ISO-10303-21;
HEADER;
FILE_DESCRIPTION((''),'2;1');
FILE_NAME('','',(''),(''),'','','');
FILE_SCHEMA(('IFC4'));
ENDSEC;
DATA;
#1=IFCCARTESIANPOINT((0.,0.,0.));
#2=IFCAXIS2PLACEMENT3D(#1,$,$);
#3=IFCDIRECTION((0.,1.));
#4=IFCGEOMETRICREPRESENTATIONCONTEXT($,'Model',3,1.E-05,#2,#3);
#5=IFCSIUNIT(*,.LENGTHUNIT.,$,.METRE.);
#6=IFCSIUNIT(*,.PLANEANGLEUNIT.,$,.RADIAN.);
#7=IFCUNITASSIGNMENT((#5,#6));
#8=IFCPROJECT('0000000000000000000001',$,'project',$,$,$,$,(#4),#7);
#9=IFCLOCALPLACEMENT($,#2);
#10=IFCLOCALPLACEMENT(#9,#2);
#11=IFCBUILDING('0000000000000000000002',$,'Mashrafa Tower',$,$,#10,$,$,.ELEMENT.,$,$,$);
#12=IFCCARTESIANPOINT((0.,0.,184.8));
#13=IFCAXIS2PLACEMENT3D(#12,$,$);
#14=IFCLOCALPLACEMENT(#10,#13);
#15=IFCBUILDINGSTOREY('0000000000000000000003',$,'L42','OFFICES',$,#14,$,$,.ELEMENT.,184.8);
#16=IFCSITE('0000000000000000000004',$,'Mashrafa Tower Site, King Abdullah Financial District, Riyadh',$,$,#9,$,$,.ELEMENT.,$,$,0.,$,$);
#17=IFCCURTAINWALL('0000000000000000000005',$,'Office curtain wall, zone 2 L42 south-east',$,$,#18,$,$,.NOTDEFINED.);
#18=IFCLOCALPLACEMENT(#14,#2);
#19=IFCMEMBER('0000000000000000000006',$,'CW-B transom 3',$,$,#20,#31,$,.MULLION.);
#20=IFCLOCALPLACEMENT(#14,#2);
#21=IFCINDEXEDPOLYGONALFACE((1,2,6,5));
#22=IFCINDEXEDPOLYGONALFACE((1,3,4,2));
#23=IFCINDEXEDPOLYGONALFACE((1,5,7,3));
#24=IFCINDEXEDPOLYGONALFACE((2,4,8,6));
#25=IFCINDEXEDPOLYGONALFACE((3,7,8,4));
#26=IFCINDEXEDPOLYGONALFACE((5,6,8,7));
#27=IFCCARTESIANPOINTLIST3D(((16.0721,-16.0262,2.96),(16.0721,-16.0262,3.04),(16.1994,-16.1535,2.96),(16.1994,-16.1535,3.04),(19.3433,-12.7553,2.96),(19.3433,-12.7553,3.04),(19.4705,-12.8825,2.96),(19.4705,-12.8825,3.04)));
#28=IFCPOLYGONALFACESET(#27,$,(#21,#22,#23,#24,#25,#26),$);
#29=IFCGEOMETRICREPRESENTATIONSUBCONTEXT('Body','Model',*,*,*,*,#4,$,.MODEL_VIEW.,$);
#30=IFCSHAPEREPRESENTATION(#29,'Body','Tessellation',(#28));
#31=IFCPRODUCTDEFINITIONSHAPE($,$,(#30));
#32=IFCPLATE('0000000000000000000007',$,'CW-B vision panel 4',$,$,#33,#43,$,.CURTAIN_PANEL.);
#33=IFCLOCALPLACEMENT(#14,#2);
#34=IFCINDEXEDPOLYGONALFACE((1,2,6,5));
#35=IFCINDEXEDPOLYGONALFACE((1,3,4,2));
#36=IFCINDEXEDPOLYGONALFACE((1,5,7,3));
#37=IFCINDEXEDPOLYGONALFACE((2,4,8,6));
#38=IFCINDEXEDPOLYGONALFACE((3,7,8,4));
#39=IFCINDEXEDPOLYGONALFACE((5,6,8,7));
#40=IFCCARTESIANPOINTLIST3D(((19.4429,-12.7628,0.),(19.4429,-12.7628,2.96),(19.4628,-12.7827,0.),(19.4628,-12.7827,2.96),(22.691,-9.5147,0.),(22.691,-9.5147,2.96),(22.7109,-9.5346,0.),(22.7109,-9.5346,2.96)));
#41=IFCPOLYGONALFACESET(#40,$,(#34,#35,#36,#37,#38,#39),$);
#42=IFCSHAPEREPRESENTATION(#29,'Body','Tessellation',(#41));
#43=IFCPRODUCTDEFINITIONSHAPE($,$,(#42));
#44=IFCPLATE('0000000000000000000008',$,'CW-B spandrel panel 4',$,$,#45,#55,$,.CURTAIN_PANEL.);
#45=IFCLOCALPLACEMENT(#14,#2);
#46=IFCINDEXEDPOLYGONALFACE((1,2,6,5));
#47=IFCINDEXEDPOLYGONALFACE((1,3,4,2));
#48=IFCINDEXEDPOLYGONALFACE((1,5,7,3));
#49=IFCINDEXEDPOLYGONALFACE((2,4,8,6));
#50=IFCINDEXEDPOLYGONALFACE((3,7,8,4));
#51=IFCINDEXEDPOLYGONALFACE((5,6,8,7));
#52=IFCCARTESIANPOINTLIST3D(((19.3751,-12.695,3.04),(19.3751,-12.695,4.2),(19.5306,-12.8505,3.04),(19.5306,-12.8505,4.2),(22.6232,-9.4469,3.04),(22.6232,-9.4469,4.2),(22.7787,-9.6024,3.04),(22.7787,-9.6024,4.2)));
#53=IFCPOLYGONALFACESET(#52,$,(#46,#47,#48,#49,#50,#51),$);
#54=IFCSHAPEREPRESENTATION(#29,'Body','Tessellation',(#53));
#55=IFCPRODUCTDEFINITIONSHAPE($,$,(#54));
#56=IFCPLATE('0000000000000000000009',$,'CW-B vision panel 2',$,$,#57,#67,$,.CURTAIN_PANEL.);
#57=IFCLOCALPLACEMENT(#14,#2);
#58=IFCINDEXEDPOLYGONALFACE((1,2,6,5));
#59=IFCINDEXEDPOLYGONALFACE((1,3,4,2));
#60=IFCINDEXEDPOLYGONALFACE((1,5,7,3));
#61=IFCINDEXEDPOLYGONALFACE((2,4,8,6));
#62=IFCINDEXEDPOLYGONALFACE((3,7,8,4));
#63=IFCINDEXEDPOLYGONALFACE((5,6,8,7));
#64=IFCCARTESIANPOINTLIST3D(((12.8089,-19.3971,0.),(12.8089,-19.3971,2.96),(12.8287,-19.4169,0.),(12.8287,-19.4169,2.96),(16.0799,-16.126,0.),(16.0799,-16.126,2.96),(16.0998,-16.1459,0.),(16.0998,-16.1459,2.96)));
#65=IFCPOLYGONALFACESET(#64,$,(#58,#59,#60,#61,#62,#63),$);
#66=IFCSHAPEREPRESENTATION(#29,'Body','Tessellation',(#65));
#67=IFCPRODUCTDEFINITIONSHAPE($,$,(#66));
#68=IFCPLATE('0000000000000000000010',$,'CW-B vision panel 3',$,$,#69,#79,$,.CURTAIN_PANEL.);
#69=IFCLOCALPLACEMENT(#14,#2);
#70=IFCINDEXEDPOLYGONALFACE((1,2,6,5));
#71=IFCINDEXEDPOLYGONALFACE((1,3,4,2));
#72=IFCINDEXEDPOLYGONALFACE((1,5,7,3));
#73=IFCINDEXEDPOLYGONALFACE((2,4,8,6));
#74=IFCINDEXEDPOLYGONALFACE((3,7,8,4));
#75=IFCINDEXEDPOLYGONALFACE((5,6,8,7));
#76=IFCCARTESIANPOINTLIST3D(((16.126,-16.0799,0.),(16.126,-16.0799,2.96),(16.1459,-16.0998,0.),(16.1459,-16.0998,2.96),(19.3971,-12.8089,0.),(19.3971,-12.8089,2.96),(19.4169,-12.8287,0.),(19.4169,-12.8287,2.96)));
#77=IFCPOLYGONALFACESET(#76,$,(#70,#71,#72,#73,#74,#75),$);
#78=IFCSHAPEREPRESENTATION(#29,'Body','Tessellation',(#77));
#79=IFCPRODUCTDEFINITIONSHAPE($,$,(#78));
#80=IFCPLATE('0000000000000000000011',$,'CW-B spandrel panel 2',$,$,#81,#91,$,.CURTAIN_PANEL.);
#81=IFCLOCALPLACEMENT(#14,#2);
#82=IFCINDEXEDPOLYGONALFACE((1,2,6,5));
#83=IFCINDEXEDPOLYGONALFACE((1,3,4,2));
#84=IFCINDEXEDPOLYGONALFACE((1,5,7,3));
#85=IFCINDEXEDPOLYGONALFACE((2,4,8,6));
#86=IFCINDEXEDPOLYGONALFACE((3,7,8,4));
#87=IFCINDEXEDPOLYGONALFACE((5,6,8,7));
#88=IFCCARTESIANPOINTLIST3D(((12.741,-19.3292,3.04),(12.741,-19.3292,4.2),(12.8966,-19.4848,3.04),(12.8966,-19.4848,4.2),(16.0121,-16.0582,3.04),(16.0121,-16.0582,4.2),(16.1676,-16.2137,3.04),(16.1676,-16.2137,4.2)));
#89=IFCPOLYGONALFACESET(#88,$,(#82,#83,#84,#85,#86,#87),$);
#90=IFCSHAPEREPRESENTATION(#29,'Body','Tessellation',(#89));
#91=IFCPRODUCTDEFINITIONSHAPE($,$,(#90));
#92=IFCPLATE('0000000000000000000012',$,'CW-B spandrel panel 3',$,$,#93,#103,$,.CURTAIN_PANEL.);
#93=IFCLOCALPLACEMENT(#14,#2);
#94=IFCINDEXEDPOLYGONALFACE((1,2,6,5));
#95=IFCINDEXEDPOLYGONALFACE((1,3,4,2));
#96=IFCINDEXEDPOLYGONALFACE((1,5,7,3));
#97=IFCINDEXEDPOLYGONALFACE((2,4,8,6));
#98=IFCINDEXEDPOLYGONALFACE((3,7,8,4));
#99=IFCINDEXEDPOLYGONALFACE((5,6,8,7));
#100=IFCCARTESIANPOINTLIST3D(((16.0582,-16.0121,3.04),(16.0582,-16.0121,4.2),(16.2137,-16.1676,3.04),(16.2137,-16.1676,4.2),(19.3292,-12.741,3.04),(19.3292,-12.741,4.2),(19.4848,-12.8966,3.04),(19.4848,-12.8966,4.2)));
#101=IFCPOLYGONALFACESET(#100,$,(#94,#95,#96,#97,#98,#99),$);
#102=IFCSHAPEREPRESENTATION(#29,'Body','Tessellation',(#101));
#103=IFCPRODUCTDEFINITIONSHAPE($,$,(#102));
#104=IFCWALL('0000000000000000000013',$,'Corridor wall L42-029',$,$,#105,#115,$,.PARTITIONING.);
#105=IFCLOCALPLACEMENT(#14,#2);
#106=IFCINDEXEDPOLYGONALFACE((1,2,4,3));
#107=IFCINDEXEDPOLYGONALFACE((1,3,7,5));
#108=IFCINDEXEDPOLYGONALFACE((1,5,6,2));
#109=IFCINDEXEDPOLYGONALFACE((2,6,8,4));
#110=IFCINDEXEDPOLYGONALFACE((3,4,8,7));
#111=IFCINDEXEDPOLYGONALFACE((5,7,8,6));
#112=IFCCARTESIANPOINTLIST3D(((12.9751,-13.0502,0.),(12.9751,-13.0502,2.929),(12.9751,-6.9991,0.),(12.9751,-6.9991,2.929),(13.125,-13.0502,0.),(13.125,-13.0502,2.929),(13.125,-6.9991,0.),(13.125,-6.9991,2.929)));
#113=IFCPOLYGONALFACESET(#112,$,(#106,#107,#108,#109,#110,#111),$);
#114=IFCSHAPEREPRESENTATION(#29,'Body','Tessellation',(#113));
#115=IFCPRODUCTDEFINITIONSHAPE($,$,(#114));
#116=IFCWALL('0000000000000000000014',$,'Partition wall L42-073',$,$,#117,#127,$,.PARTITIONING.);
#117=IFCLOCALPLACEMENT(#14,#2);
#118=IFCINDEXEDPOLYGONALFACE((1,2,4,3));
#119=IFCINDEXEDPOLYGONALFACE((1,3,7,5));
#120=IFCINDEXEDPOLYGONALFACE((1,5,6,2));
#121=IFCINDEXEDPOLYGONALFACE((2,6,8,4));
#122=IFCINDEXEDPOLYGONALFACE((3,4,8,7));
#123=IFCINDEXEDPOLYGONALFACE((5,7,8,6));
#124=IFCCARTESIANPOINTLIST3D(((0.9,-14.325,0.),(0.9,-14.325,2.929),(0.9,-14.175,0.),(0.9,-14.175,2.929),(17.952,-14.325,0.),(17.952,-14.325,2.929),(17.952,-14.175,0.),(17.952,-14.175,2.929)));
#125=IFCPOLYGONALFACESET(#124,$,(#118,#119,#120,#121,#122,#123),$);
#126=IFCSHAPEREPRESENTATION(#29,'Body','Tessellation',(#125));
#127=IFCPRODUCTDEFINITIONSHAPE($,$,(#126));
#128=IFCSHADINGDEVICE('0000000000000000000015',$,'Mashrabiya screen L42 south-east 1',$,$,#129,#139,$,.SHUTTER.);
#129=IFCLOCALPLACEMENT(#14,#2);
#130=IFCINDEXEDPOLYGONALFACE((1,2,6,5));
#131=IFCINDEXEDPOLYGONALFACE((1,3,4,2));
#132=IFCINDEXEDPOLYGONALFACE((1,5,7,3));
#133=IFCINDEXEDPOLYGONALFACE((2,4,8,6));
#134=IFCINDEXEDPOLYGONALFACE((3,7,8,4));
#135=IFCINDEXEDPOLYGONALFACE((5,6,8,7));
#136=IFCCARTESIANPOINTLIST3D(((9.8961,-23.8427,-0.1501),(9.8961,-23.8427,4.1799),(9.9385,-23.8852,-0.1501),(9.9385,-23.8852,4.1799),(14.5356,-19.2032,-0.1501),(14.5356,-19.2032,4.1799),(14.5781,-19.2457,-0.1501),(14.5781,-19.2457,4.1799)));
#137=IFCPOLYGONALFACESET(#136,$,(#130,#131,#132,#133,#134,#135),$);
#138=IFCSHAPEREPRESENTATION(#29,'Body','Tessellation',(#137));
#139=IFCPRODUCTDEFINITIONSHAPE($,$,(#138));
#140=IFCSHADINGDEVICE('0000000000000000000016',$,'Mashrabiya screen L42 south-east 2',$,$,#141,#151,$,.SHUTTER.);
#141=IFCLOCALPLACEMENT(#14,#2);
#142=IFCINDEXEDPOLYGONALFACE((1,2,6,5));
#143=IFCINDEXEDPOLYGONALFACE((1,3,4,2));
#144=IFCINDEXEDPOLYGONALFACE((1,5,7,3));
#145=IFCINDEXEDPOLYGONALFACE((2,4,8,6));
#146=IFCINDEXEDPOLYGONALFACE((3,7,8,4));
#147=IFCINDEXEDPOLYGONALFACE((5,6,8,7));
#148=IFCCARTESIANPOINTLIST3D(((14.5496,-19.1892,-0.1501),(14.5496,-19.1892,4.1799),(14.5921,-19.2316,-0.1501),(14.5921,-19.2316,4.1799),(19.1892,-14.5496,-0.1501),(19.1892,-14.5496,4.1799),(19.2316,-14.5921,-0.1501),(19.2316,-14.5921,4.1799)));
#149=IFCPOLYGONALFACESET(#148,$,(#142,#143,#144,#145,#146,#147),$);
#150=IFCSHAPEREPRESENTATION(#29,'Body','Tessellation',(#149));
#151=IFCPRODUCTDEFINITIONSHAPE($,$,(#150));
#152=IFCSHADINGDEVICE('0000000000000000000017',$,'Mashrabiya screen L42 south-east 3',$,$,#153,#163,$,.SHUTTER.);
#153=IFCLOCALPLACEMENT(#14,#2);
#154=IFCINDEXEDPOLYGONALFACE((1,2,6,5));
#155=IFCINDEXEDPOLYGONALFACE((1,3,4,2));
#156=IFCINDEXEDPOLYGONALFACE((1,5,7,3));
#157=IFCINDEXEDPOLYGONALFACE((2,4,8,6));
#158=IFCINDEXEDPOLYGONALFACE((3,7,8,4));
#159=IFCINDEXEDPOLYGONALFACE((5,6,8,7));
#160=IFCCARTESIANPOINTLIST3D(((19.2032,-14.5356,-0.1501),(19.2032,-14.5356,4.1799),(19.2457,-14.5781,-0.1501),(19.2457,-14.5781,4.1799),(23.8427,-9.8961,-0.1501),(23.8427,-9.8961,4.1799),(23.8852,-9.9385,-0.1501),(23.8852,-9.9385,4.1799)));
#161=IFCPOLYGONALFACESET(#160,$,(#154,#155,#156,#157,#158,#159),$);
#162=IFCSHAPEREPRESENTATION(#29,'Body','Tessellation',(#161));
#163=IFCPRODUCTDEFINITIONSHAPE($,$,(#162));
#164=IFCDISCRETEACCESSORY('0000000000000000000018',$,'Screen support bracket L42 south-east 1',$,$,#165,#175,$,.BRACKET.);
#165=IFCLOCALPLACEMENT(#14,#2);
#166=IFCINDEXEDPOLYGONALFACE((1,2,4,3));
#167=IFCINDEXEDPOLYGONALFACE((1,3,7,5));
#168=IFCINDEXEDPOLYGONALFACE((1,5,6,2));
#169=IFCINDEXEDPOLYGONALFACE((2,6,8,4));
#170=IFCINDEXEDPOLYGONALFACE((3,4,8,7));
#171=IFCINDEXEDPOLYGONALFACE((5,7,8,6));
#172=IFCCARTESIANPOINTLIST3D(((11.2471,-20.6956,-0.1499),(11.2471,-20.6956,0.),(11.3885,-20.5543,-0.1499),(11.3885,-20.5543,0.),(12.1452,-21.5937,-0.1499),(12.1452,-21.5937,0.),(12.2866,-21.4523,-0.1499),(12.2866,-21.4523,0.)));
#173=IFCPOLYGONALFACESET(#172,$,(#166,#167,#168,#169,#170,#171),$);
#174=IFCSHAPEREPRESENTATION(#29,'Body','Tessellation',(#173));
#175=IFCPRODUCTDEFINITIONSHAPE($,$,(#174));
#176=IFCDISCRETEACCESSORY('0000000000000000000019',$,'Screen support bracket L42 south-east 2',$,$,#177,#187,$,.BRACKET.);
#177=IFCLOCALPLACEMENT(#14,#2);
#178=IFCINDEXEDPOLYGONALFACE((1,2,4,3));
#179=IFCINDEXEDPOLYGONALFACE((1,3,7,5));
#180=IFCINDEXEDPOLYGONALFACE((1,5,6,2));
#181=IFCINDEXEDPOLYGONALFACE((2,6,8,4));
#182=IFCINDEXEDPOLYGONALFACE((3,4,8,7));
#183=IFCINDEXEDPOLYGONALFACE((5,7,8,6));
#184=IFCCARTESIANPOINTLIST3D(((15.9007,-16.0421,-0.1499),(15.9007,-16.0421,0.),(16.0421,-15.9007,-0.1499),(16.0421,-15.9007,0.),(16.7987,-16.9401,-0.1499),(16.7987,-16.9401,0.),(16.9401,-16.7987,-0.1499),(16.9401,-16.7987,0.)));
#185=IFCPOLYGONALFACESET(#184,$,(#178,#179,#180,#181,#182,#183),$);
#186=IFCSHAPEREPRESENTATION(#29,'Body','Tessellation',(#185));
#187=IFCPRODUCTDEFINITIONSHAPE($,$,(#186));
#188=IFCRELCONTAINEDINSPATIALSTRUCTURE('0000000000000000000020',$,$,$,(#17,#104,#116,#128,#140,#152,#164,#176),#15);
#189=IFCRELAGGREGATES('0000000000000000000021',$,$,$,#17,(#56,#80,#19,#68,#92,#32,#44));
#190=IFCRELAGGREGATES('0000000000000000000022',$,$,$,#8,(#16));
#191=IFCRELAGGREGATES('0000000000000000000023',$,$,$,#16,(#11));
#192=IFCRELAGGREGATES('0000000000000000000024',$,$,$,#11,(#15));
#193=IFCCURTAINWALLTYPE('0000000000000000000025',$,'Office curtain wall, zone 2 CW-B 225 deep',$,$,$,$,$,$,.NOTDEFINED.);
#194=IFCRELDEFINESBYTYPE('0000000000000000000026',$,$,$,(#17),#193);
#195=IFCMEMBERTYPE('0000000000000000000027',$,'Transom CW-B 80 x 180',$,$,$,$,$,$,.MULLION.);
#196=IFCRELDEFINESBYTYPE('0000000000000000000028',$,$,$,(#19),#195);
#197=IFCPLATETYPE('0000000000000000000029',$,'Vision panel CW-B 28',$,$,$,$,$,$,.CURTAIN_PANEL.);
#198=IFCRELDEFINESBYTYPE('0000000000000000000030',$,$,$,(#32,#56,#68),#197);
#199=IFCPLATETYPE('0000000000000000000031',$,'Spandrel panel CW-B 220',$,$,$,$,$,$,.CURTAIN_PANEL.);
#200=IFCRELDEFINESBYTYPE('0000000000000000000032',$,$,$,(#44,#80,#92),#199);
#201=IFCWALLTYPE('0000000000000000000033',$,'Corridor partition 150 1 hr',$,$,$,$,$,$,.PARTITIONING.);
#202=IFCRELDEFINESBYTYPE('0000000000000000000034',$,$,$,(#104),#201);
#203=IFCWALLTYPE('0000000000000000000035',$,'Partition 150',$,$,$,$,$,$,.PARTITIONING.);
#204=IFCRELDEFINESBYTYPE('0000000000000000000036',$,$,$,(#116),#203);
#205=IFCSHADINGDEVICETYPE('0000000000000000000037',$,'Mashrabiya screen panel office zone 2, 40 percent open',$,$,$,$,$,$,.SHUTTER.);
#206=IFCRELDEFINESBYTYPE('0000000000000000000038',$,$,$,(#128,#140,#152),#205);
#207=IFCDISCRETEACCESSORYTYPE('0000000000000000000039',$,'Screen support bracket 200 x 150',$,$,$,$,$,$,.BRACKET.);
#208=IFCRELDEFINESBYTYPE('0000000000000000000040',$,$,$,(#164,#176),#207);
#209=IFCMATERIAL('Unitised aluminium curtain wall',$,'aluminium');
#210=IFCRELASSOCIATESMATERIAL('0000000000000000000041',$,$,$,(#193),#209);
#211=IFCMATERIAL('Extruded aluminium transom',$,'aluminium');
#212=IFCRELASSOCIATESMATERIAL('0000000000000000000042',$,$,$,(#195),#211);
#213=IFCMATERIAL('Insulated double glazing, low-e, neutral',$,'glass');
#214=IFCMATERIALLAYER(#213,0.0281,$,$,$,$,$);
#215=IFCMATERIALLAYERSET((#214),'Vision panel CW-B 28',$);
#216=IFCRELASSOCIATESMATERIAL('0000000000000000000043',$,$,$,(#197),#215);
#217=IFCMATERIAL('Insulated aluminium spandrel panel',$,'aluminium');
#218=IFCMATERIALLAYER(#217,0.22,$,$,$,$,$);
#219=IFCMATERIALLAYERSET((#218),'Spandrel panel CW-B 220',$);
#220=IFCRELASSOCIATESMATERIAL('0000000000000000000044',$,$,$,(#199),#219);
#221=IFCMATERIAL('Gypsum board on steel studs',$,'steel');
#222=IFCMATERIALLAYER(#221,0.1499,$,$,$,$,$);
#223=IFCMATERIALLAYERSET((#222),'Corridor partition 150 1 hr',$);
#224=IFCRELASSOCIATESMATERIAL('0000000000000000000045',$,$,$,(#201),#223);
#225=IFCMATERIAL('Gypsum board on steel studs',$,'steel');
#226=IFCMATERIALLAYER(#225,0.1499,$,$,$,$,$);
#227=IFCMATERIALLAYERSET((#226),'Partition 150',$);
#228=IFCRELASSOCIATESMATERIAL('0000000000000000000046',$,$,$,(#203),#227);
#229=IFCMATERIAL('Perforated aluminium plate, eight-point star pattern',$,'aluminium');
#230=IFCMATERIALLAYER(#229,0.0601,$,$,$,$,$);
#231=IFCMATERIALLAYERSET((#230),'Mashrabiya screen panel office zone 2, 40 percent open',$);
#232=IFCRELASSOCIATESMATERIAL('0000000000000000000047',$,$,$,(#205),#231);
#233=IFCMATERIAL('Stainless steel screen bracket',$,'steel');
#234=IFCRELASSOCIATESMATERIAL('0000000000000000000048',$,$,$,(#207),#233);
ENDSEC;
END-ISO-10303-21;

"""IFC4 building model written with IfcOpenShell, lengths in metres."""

from ifc_helpers import new_model, si_unit, direction, frame, frame_2d, origin, origin_2d, place, context, subcontext, project, spatial, rectangle, extrude, source, transform, mapped, material, layer, layer_set, material_profile, profile_set, type_object, type_shapes, element, aggregate, save


model = new_model("IFC4")

# Units and contexts
model_context = context("Model", 3, precision=1e-05, world=origin(), true_north=direction((0.0, 1.0)))
body_context = subcontext(model_context, "Body", "Model", "MODEL_VIEW")
ifc_project = project(units=[si_unit("LENGTHUNIT", "METRE"), si_unit("PLANEANGLEUNIT", "RADIAN")], contexts=[model_context])

# Site, building, storey
site_placement = place(None, origin())
site = spatial("IfcSite", under=ifc_project, at=site_placement, Name="Mashrafa Tower Site, King Abdullah Financial District, Riyadh", CompositionType="ELEMENT", RefElevation=0.0)
building_placement = place(site_placement, origin())
building = spatial("IfcBuilding", under=site, at=building_placement, Name="Mashrafa Tower", CompositionType="ELEMENT")
storey_placement = place(building_placement, frame((0.0, 0.0, 184.8)))
storey = spatial("IfcBuildingStorey", under=building, at=storey_placement, Name="L42", Description="OFFICES", CompositionType="ELEMENT", Elevation=184.8)

# Curtain wall, member, plates
ifc_material_1 = material(Name="Unitised aluminium curtain wall", Category="aluminium")
curtain_wall_type = type_object("IfcCurtainWallType", Name="Office curtain wall, zone 2 CW-B 225 deep", PredefinedType="NOTDEFINED", material=ifc_material_1)
curtain_wall_placement = place(storey_placement, origin())
curtain_wall = element("IfcCurtainWall", 1, at=curtain_wall_placement, inside=storey, type_object=curtain_wall_type, Name="Office curtain wall, zone 2 L42 south-east", PredefinedType="NOTDEFINED")
ifc_material_2 = material(Name="Extruded aluminium transom", Category="aluminium")
ifc_material_profile_1 = material_profile(ifc_material_2, rectangle(XDim=0.1799, YDim=0.0801, at=origin_2d()), Name="Transom 80x180")
ifc_profile_set_1 = profile_set([ifc_material_profile_1], Name="Extruded aluminium transom")
member_type_1 = type_object("IfcMemberType", Name="Transom CW-B 80 x 180", PredefinedType="MULLION", material=ifc_profile_set_1)
shared_shape_1 = source(origin(), body_context, "Body", "SweptSolid", [
    extrude(rectangle(XDim=0.1799, YDim=0.0801, at=origin_2d()), origin(), (0.0, 0.0, 1.0), 4.626),
])
member_1_placement = place(storey_placement, frame((16.1357, -16.0898, 3.0), z_axis=(0.707133, 0.70708, 0.0), x_axis=(-0.70708, 0.707133, 0.0)))
member_1 = element("IfcMember", 2, at=member_1_placement, type_object=member_type_1, Name="CW-B transom 3", PredefinedType="MULLION", context=body_context, shape_type="MappedRepresentation", body=[
    mapped(shared_shape_1, transform((0.0, 0.0, 0.0))),
])
ifc_material_3 = material(Name="Insulated double glazing, low-e, neutral", Category="glass")
ifc_layer_1 = layer(ifc_material_3, 0.0281)
ifc_layer_set_1 = layer_set([ifc_layer_1], Name="Vision panel CW-B 28")
plate_type_1 = type_object("IfcPlateType", Name="Vision panel CW-B 28", PredefinedType="CURTAIN_PANEL", material=ifc_layer_set_1)
shared_shape_2 = source(origin(), body_context, "Body", "SweptSolid", [
    extrude(rectangle(XDim=4.5935, YDim=0.0281, at=origin_2d()), origin(), (0.0, 0.0, 1.0), 2.96),
])
plate_1_placement = place(storey_placement, frame((21.0769, -11.1487, 0.0), z_axis=(0.0, 0.0, 1.0), x_axis=(0.707107, 0.707107, 0.0)))
plate_1 = element("IfcPlate", 3, at=plate_1_placement, type_object=plate_type_1, Name="CW-B vision panel 4", PredefinedType="CURTAIN_PANEL", context=body_context, shape_type="MappedRepresentation", body=[
    mapped(shared_shape_2, transform((0.0, 0.0, 0.0))),
])
ifc_material_4 = material(Name="Insulated aluminium spandrel panel", Category="aluminium")
ifc_layer_2 = layer(ifc_material_4, 0.22)
ifc_layer_set_2 = layer_set([ifc_layer_2], Name="Spandrel panel CW-B 220")
plate_type_2 = type_object("IfcPlateType", Name="Spandrel panel CW-B 220", PredefinedType="CURTAIN_PANEL", material=ifc_layer_set_2)
shared_shape_3 = source(origin(), body_context, "Body", "SweptSolid", [
    extrude(rectangle(XDim=4.5935, YDim=0.22, at=origin_2d()), origin(), (0.0, 0.0, 1.0), 1.1599),
])
plate_2_placement = place(storey_placement, frame((21.0769, -11.1487, 3.04), z_axis=(0.0, 0.0, 1.0), x_axis=(0.707107, 0.707107, 0.0)))
plate_2 = element("IfcPlate", 4, at=plate_2_placement, type_object=plate_type_2, Name="CW-B spandrel panel 4", PredefinedType="CURTAIN_PANEL", context=body_context, shape_type="MappedRepresentation", body=[
    mapped(shared_shape_3, transform((0.0, 0.0, 0.0))),
])
shared_shape_4 = source(origin(), body_context, "Body", "SweptSolid", [
    extrude(rectangle(XDim=4.626, YDim=0.0281, at=origin_2d()), origin(), (0.0, 0.0, 1.0), 2.96),
])
type_shapes(plate_type_1, [shared_shape_2, shared_shape_4])
plate_3_placement = place(storey_placement, frame((14.4543, -17.7715, 0.0), z_axis=(0.0, 0.0, 1.0), x_axis=(0.707107, 0.707107, 0.0)))
plate_3 = element("IfcPlate", 5, at=plate_3_placement, type_object=plate_type_1, Name="CW-B vision panel 2", PredefinedType="CURTAIN_PANEL", context=body_context, shape_type="MappedRepresentation", body=[
    mapped(shared_shape_4, transform((0.0, 0.0, 0.0))),
])
plate_4_placement = place(storey_placement, frame((17.7715, -14.4543, 0.0), z_axis=(0.0, 0.0, 1.0), x_axis=(0.707107, 0.707107, 0.0)))
plate_4 = element("IfcPlate", 6, at=plate_4_placement, type_object=plate_type_1, Name="CW-B vision panel 3", PredefinedType="CURTAIN_PANEL", context=body_context, shape_type="MappedRepresentation", body=[
    mapped(shared_shape_4, transform((0.0, 0.0, 0.0))),
])
shared_shape_5 = source(origin(), body_context, "Body", "SweptSolid", [
    extrude(rectangle(XDim=4.626, YDim=0.22, at=origin_2d()), origin(), (0.0, 0.0, 1.0), 1.1599),
])
type_shapes(plate_type_2, [shared_shape_3, shared_shape_5])
plate_5_placement = place(storey_placement, frame((14.4543, -17.7715, 3.04), z_axis=(0.0, 0.0, 1.0), x_axis=(0.707107, 0.707107, 0.0)))
plate_5 = element("IfcPlate", 7, at=plate_5_placement, type_object=plate_type_2, Name="CW-B spandrel panel 2", PredefinedType="CURTAIN_PANEL", context=body_context, shape_type="MappedRepresentation", body=[
    mapped(shared_shape_5, transform((0.0, 0.0, 0.0))),
])
plate_6_placement = place(storey_placement, frame((17.7715, -14.4543, 3.04), z_axis=(0.0, 0.0, 1.0), x_axis=(0.707107, 0.707107, 0.0)))
plate_6 = element("IfcPlate", 8, at=plate_6_placement, type_object=plate_type_2, Name="CW-B spandrel panel 3", PredefinedType="CURTAIN_PANEL", context=body_context, shape_type="MappedRepresentation", body=[
    mapped(shared_shape_5, transform((0.0, 0.0, 0.0))),
])
aggregate(curtain_wall, [plate_3, plate_5, member_1, plate_4, plate_6, plate_1, plate_2])

# Walls
ifc_material_5 = material(Name="Gypsum board on steel studs", Category="steel")
ifc_layer_3 = layer(ifc_material_5, 0.1499)
ifc_layer_set_3 = layer_set([ifc_layer_3], Name="Corridor partition 150 1 hr")
wall_type_1 = type_object("IfcWallType", Name="Corridor partition 150 1 hr", PredefinedType="PARTITIONING", material=ifc_layer_set_3)
wall_1_placement = place(storey_placement, frame((13.05, -13.05, 0.0), z_axis=(0.0, 0.0, 1.0), x_axis=(0.0, 1.0, 0.0)))
element("IfcWall", 9, at=wall_1_placement, inside=storey, type_object=wall_type_1, Name="Corridor wall L42-029", PredefinedType="PARTITIONING", context=body_context, shape_type="SweptSolid", body=[
    extrude(rectangle(XDim=6.051, YDim=0.1499, at=frame_2d((3.0254, 0.0))), origin(), (0.0, 0.0, 1.0), 2.929),
])
ifc_material_6 = material(Name="Gypsum board on steel studs", Category="steel")
ifc_layer_4 = layer(ifc_material_6, 0.1499)
ifc_layer_set_4 = layer_set([ifc_layer_4], Name="Partition 150")
wall_type_2 = type_object("IfcWallType", Name="Partition 150", PredefinedType="PARTITIONING", material=ifc_layer_set_4)
wall_2_placement = place(storey_placement, frame((17.9519, -14.25, 0.0), z_axis=(0.0, 0.0, 1.0), x_axis=(-1.0, 0.0, 0.0)))
element("IfcWall", 10, at=wall_2_placement, inside=storey, type_object=wall_type_2, Name="Partition wall L42-073", PredefinedType="PARTITIONING", context=body_context, shape_type="SweptSolid", body=[
    extrude(rectangle(XDim=17.052, YDim=0.1499, at=frame_2d((8.5259, 0.0))), origin(), (0.0, 0.0, 1.0), 2.929),
])

# Shading devices
ifc_material_7 = material(Name="Perforated aluminium plate, eight-point star pattern", Category="aluminium")
ifc_layer_5 = layer(ifc_material_7, 0.0601)
ifc_layer_set_5 = layer_set([ifc_layer_5], Name="Mashrabiya screen panel office zone 2, 40 percent open")
shading_device_type = type_object("IfcShadingDeviceType", Name="Mashrabiya screen panel office zone 2, 40 percent open", PredefinedType="SHUTTER", material=ifc_layer_set_5)
shared_shape_6 = source(origin(), body_context, "Body", "SweptSolid", [
    extrude(rectangle(XDim=6.5613, YDim=0.0601, at=origin_2d()), origin(), (0.0, 0.0, 1.0), 4.3301),
])
type_shapes(shading_device_type, [shared_shape_6])
for number, where, z_axis, x_axis, name in (
    (11, (12.2371, -21.5442, -0.1501), (0.0, 0.0, 1.0), (0.707107, 0.707107, 0.0), "Mashrabiya screen L42 south-east 1"),
    (12, (16.8906, -16.8906, -0.1501), (0.0, 0.0, 1.0), (0.707107, 0.707107, 0.0), "Mashrabiya screen L42 south-east 2"),
    (13, (21.5442, -12.2371, -0.1501), (0.0, 0.0, 1.0), (0.707107, 0.707107, 0.0), "Mashrabiya screen L42 south-east 3"),
):
    element("IfcShadingDevice", number, at=place(storey_placement, frame(where, z_axis=z_axis, x_axis=x_axis)), inside=storey, type_object=shading_device_type, Name=name, PredefinedType="SHUTTER", context=body_context, shape_type="MappedRepresentation", body=[
        mapped(shared_shape_6, transform((0.0, 0.0, 0.0))),
    ])

# Discrete accessories
ifc_material_8 = material(Name="Stainless steel screen bracket", Category="steel")
discrete_accessory_type = type_object("IfcDiscreteAccessoryType", Name="Screen support bracket 200 x 150", PredefinedType="BRACKET", material=ifc_material_8)
shared_shape_7 = source(origin(), body_context, "Body", "SweptSolid", [
    extrude(rectangle(XDim=0.2, YDim=1.27, at=origin_2d()), origin(), (0.0, 0.0, 1.0), 0.1499),
])
type_shapes(discrete_accessory_type, [shared_shape_7])
for number, where, z_axis, x_axis, name in (
    (14, (11.7668, -21.074, -0.1499), (0.0, 0.0, 1.0), (0.707107, 0.707107, 0.0), "Screen support bracket L42 south-east 1"),
    (15, (16.4204, -16.4204, -0.1499), (0.0, 0.0, 1.0), (0.707107, 0.707107, 0.0), "Screen support bracket L42 south-east 2"),
):
    element("IfcDiscreteAccessory", number, at=place(storey_placement, frame(where, z_axis=z_axis, x_axis=x_axis)), inside=storey, type_object=discrete_accessory_type, Name=name, PredefinedType="BRACKET", context=body_context, shape_type="MappedRepresentation", body=[
        mapped(shared_shape_7, transform((0.0, 0.0, 0.0))),
    ])

save(model, "model.ifc")
